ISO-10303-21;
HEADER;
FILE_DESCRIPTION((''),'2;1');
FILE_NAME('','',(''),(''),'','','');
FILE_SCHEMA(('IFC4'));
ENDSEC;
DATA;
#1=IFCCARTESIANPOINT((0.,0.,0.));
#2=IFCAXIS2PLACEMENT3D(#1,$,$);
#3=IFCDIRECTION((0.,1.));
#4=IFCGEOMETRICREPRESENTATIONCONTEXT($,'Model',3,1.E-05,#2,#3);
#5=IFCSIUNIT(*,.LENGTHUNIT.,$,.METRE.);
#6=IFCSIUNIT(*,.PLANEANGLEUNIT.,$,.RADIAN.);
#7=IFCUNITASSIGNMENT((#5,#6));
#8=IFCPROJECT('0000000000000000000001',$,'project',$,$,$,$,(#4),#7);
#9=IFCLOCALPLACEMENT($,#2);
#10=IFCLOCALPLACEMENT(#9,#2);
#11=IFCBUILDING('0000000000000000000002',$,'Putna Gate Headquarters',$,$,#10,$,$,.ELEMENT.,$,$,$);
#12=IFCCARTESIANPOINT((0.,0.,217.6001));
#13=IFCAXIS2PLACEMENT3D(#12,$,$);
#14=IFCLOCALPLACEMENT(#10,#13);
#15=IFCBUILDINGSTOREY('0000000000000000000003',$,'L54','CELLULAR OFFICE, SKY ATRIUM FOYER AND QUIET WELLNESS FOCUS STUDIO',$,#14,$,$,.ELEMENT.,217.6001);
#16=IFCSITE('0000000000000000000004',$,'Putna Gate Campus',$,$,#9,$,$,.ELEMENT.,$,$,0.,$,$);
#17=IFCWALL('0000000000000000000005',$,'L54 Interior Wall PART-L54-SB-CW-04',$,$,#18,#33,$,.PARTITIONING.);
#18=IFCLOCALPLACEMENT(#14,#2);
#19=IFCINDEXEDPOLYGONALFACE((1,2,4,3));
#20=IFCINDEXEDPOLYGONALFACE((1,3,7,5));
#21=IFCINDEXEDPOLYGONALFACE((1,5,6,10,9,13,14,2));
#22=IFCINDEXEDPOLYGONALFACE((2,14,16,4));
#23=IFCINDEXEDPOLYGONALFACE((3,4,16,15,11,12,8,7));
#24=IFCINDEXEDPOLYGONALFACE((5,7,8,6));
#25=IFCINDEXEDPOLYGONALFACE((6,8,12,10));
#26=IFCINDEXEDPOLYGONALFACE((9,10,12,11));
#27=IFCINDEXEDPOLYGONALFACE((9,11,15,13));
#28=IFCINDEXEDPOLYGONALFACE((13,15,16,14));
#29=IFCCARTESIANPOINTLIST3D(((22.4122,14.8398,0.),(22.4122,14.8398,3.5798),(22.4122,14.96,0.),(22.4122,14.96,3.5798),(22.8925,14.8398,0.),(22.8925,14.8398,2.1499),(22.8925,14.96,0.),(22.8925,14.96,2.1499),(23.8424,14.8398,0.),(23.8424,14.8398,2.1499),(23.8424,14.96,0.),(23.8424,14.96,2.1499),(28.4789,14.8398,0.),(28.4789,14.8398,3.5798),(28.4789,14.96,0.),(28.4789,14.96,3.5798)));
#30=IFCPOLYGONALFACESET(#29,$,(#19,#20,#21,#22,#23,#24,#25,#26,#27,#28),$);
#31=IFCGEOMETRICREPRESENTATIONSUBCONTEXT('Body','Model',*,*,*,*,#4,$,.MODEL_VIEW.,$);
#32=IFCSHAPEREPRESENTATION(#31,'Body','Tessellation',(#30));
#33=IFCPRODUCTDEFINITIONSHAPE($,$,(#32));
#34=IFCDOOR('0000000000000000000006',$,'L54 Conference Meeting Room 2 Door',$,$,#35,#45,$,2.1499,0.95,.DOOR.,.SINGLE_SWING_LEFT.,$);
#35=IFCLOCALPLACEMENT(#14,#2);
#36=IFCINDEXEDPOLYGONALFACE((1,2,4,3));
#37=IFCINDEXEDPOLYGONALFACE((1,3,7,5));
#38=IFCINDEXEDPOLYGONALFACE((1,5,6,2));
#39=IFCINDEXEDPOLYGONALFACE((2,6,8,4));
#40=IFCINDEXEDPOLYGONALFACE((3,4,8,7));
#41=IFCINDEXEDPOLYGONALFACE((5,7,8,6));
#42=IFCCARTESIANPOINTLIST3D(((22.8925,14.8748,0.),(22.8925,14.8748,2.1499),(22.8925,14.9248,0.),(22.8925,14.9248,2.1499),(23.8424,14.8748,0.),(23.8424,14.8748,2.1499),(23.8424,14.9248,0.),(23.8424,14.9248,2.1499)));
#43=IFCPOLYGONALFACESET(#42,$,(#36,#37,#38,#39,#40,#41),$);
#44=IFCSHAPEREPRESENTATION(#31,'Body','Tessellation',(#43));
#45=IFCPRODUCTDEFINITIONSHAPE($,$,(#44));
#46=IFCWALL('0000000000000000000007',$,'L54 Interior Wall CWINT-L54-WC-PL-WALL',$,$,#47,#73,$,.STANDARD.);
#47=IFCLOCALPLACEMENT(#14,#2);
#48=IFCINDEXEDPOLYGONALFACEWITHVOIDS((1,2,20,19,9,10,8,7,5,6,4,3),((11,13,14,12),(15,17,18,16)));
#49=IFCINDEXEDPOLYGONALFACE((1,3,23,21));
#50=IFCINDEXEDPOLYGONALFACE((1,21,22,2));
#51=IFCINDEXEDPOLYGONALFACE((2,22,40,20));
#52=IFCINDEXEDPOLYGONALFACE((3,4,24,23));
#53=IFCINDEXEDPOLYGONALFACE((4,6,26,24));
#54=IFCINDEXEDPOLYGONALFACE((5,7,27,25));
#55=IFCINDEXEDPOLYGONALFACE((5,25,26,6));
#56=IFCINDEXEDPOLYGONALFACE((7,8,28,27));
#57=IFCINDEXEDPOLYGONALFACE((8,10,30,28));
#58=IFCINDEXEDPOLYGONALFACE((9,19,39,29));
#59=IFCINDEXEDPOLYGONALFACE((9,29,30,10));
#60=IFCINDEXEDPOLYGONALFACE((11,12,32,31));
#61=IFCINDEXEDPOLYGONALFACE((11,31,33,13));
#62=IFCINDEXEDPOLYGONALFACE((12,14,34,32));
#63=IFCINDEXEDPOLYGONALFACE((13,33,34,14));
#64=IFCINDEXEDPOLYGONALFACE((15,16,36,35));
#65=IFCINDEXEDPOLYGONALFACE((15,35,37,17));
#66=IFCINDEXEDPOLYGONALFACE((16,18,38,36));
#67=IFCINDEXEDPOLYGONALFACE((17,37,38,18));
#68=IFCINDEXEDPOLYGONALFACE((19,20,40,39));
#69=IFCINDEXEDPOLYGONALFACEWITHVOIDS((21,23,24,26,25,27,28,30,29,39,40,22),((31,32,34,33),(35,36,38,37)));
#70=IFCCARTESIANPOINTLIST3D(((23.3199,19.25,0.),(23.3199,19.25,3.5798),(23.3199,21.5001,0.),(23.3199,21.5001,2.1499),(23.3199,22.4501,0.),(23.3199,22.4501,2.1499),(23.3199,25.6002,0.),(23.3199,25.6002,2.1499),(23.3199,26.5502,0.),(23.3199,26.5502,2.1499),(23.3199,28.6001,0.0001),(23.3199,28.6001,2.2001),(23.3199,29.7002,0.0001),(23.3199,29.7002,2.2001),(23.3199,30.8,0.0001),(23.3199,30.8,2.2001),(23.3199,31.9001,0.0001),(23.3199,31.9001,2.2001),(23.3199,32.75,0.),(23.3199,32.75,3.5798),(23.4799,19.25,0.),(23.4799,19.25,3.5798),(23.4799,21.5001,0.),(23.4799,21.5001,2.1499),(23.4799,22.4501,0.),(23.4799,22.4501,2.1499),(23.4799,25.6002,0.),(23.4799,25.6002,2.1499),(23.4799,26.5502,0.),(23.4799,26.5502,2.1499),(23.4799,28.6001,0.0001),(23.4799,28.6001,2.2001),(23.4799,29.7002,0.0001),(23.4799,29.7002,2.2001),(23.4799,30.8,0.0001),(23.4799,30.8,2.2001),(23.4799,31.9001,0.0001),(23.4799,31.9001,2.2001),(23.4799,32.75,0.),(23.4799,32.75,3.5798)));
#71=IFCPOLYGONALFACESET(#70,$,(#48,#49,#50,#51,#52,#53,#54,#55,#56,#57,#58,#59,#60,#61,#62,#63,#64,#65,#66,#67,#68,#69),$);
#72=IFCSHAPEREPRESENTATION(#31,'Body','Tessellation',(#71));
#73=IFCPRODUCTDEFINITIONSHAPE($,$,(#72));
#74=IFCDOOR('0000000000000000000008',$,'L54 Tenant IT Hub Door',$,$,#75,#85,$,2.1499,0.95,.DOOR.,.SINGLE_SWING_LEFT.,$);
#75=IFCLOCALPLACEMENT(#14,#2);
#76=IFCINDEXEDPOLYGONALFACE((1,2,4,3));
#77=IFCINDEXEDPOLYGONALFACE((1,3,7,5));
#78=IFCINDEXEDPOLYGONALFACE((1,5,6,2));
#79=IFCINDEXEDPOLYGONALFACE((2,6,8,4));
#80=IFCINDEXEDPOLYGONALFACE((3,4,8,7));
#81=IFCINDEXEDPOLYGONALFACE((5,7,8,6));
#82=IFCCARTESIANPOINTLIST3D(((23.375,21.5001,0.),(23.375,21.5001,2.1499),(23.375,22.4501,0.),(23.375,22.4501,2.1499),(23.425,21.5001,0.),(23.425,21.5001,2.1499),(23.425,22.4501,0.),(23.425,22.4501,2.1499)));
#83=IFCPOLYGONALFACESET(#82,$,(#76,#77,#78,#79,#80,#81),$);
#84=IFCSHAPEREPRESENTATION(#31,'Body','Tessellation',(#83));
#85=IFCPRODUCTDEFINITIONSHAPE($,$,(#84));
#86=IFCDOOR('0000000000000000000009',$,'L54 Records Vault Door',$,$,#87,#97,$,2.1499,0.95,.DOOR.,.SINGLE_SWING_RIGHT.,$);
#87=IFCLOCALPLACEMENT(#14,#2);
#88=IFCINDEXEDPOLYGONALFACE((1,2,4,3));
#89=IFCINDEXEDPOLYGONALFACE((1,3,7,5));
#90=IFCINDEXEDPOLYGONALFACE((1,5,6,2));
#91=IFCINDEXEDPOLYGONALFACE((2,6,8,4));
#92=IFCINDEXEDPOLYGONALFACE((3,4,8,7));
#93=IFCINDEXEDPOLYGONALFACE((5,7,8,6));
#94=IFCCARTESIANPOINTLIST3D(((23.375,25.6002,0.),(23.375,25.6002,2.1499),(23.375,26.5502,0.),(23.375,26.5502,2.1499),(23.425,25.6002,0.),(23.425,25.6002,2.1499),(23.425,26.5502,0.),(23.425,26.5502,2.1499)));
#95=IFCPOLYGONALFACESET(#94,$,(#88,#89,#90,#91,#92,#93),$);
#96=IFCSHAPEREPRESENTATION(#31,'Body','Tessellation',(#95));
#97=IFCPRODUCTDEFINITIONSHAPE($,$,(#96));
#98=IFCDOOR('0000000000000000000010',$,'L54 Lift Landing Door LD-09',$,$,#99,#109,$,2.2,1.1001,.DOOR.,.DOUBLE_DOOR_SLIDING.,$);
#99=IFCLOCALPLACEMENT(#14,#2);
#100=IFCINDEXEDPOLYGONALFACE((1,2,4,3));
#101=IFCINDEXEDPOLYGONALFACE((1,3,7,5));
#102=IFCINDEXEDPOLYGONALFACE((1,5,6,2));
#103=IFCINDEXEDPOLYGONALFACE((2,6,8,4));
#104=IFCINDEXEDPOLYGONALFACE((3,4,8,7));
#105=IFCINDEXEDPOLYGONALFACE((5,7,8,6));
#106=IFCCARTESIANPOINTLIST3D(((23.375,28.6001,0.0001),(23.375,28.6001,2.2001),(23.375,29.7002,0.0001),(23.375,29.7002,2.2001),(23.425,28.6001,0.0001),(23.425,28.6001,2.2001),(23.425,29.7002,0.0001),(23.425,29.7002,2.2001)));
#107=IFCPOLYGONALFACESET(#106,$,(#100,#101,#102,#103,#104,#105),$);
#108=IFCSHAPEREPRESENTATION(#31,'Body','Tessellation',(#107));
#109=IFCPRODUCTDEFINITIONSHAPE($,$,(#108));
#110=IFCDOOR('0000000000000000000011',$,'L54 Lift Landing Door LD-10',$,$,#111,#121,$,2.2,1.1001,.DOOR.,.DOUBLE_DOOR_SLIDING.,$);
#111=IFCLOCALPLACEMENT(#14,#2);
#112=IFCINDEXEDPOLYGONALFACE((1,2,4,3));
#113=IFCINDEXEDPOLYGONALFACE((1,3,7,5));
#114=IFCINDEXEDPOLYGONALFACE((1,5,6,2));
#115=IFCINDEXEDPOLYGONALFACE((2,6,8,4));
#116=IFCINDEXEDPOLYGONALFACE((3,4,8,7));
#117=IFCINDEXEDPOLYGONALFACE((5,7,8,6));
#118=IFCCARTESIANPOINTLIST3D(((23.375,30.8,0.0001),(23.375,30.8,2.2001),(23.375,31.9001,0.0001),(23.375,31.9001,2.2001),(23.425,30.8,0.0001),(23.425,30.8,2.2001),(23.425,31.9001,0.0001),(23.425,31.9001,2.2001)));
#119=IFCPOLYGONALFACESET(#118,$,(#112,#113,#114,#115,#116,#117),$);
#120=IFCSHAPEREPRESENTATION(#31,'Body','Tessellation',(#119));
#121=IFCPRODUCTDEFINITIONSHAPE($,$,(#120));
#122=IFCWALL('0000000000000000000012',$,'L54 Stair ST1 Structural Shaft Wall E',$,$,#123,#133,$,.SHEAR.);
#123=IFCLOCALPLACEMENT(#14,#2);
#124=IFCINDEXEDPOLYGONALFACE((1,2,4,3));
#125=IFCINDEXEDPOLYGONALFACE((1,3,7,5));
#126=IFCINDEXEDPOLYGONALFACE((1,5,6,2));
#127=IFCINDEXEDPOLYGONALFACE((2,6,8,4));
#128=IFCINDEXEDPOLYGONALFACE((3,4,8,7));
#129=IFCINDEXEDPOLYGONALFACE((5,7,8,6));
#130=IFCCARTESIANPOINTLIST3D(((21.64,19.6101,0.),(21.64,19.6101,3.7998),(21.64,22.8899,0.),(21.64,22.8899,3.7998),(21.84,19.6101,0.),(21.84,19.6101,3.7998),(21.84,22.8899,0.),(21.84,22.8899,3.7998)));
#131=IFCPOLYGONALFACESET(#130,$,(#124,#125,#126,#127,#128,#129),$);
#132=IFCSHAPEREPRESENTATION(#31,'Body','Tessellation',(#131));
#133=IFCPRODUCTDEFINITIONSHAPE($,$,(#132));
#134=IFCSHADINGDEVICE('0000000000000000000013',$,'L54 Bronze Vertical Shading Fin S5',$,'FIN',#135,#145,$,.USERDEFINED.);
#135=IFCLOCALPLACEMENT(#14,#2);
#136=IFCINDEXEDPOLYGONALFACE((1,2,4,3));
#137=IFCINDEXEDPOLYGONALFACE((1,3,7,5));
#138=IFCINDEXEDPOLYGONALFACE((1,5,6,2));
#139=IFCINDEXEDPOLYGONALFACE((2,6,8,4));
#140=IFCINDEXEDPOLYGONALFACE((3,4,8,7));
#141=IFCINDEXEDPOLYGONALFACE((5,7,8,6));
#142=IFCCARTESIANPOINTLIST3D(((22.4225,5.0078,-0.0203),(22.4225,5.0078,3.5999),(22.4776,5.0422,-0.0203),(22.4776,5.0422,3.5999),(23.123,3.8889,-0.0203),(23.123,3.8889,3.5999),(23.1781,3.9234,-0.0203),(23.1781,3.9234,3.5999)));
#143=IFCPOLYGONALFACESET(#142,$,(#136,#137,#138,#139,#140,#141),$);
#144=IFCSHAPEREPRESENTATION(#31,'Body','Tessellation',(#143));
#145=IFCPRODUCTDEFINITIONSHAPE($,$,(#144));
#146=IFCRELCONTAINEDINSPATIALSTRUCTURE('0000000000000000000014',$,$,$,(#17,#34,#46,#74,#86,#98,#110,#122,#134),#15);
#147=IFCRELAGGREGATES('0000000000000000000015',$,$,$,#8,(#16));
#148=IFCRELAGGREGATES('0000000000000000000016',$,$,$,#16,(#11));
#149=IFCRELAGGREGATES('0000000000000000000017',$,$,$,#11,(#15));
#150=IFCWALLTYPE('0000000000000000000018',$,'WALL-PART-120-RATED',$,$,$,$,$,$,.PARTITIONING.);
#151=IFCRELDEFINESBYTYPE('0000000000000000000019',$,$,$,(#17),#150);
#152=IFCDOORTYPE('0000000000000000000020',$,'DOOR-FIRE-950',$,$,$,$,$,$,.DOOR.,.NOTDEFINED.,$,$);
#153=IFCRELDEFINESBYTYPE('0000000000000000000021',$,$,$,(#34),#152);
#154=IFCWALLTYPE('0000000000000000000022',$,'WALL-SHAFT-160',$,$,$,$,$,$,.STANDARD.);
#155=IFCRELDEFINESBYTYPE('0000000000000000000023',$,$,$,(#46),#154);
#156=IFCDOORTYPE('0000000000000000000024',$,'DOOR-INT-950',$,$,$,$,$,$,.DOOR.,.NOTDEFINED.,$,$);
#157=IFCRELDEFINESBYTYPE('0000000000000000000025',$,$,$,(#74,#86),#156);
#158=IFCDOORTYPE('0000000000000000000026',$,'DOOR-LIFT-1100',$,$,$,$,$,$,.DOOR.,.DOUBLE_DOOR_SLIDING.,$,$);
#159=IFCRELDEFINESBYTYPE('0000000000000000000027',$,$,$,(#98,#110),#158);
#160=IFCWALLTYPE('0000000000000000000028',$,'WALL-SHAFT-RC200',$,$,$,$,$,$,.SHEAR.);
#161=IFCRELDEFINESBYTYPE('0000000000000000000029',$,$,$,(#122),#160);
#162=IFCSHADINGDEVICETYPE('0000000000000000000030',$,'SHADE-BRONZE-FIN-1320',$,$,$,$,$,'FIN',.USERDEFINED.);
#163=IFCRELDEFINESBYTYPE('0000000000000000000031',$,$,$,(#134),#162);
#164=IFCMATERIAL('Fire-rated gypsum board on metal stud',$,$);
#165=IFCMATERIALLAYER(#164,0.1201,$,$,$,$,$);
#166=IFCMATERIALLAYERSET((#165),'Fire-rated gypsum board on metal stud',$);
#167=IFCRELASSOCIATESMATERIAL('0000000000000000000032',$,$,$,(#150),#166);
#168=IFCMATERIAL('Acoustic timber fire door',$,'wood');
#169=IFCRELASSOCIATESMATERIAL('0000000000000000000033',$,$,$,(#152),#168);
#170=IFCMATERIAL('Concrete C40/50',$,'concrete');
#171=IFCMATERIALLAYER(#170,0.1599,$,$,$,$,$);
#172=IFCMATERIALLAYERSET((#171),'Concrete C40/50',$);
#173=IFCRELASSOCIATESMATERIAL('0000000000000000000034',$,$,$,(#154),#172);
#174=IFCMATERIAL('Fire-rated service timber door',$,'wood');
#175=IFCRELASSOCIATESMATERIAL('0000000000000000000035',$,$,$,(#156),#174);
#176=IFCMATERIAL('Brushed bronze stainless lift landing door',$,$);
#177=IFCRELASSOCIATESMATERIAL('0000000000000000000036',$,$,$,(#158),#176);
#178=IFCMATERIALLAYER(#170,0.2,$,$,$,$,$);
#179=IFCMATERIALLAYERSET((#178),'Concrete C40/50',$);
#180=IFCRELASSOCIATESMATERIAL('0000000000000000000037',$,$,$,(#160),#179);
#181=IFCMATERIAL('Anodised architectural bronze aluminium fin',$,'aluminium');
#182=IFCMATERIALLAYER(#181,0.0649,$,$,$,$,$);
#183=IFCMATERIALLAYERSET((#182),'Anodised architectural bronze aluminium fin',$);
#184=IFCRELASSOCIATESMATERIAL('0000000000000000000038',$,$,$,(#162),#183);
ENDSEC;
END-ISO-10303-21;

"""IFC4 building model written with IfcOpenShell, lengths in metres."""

from ifc_helpers import new_model, si_unit, direction, frame, frame_2d, origin, origin_2d, place, context, subcontext, project, spatial, rectangle, extrude, material, layer, layer_set, type_object, element, fill, save


model = new_model("IFC4")

# Units and contexts
model_context = context("Model", 3, precision=1e-05, world=origin(), true_north=direction((0.0, 1.0)))
body_context = subcontext(model_context, "Body", "Model", "MODEL_VIEW")
ifc_project = project(units=[si_unit("LENGTHUNIT", "METRE"), si_unit("PLANEANGLEUNIT", "RADIAN")], contexts=[model_context])

# Site, building, storey
site_placement = place(None, origin())
site = spatial("IfcSite", under=ifc_project, at=site_placement, Name="Putna Gate Campus", CompositionType="ELEMENT", RefElevation=0.0)
building_placement = place(site_placement, origin())
building = spatial("IfcBuilding", under=site, at=building_placement, Name="Putna Gate Headquarters", CompositionType="ELEMENT")
storey_placement = place(building_placement, frame((0.0, 0.0, 217.6001)))
storey = spatial("IfcBuildingStorey", under=building, at=storey_placement, Name="L54", Description="CELLULAR OFFICE, SKY ATRIUM FOYER AND QUIET WELLNESS FOCUS STUDIO", CompositionType="ELEMENT", Elevation=217.6001)

# Wall, opening, door
ifc_material_1 = material(Name="Fire-rated gypsum board on metal stud")
ifc_layer_1 = layer(ifc_material_1, 0.1201)
ifc_layer_set_1 = layer_set([ifc_layer_1], Name="Fire-rated gypsum board on metal stud")
wall_type_1 = type_object("IfcWallType", Name="WALL-PART-120-RATED", PredefinedType="PARTITIONING", material=ifc_layer_set_1)
ifc_material_2 = material(Name="Acoustic timber fire door", Category="wood")
door_type_1 = type_object("IfcDoorType", Name="DOOR-FIRE-950", OperationType="NOTDEFINED", PredefinedType="DOOR", material=ifc_material_2)
wall_1_placement = place(storey_placement, frame((22.4124, 14.8999, 0.0), z_axis=(0.0, 0.0, 1.0), x_axis=(1.0, 0.0, 0.0)))
wall_1 = element("IfcWall", 1, at=wall_1_placement, inside=storey, type_object=wall_type_1, Name="L54 Interior Wall PART-L54-SB-CW-04", PredefinedType="PARTITIONING", context=body_context, shape_type="SweptSolid", body=[
    extrude(rectangle(XDim=6.0667, YDim=0.1201, at=frame_2d((3.0332, 0.0))), origin(), (0.0, 0.0, 1.0), 3.5798),
])
opening_1_placement = place(wall_1_placement, frame((0.48, 0.0, 0.0)))
opening_1 = element("IfcOpeningElement", 2, at=opening_1_placement, cuts=wall_1, PredefinedType="OPENING", context=body_context, shape_type="SweptSolid", body=[
    extrude(rectangle(XDim=0.95, YDim=2.1499, at=frame_2d((0.4751, 1.075))), frame((0.0, 0.0701, 0.0), z_axis=(0.0, -1.0, 0.0), x_axis=(1.0, 0.0, 0.0)), (0.0, 0.0, 1.0), 0.1401),
])
door_1_placement = place(opening_1_placement, origin())
door_1 = element("IfcDoor", 3, at=door_1_placement, inside=storey, type_object=door_type_1, Name="L54 Conference Meeting Room 2 Door", OperationType="SINGLE_SWING_LEFT", OverallHeight=2.1499, OverallWidth=0.95, PredefinedType="DOOR", context=body_context, shape_type="SweptSolid", body=[
    extrude(rectangle(XDim=0.95, YDim=2.1499, at=frame_2d((0.4751, 1.075))), frame((0.0, 0.0249, 0.0), z_axis=(0.0, -1.0, 0.0), x_axis=(1.0, 0.0, 0.0)), (0.0, 0.0, 1.0), 0.05),
])
fill(opening_1, door_1)

# Wall, openings, doors
ifc_material_3 = material(Name="Concrete C40/50", Category="concrete")
ifc_layer_2 = layer(ifc_material_3, 0.1599)
ifc_layer_set_2 = layer_set([ifc_layer_2], Name="Concrete C40/50")
wall_type_2 = type_object("IfcWallType", Name="WALL-SHAFT-160", PredefinedType="STANDARD", material=ifc_layer_set_2)
wall_2_placement = place(storey_placement, frame((23.3999, 19.25, 0.0), z_axis=(0.0, 0.0, 1.0), x_axis=(0.0, 1.0, 0.0)))
wall_2 = element("IfcWall", 4, at=wall_2_placement, inside=storey, type_object=wall_type_2, Name="L54 Interior Wall CWINT-L54-WC-PL-WALL", PredefinedType="STANDARD", context=body_context, shape_type="SweptSolid", body=[
    extrude(rectangle(XDim=13.5, YDim=0.1599, at=frame_2d((6.75, 0.0))), origin(), (0.0, 0.0, 1.0), 3.5798),
])
opening_2_placement = place(wall_2_placement, frame((2.25, 0.0, 0.0)))
opening_2 = element("IfcOpeningElement", 5, at=opening_2_placement, cuts=wall_2, PredefinedType="OPENING", context=body_context, shape_type="SweptSolid", body=[
    extrude(rectangle(XDim=0.95, YDim=2.1499, at=frame_2d((0.4751, 1.075))), frame((0.0, 0.0898, 0.0), z_axis=(0.0, -1.0, 0.0), x_axis=(1.0, 0.0, 0.0)), (0.0, 0.0, 1.0), 0.1799),
])
opening_3_placement = place(wall_2_placement, frame((6.3501, 0.0, 0.0)))
opening_3 = element("IfcOpeningElement", 6, at=opening_3_placement, cuts=wall_2, PredefinedType="OPENING", context=body_context, shape_type="SweptSolid", body=[
    extrude(rectangle(XDim=0.95, YDim=2.1499, at=frame_2d((0.4751, 1.075))), frame((0.0, 0.0898, 0.0), z_axis=(0.0, -1.0, 0.0), x_axis=(1.0, 0.0, 0.0)), (0.0, 0.0, 1.0), 0.1799),
])
opening_4_placement = place(wall_2_placement, frame((9.3501, 0.0, 0.0)))
opening_4 = element("IfcOpeningElement", 7, at=opening_4_placement, cuts=wall_2, PredefinedType="OPENING", context=body_context, shape_type="SweptSolid", body=[
    extrude(rectangle(XDim=1.1001, YDim=2.2, at=frame_2d((0.55, 1.1001))), frame((0.0, 0.0898, 0.0), z_axis=(0.0, -1.0, 0.0), x_axis=(1.0, 0.0, 0.0)), (0.0, 0.0, 1.0), 0.1799),
])
opening_5_placement = place(wall_2_placement, frame((11.55, 0.0, 0.0)))
opening_5 = element("IfcOpeningElement", 8, at=opening_5_placement, cuts=wall_2, PredefinedType="OPENING", context=body_context, shape_type="SweptSolid", body=[
    extrude(rectangle(XDim=1.1001, YDim=2.2, at=frame_2d((0.55, 1.1001))), frame((0.0, 0.0898, 0.0), z_axis=(0.0, -1.0, 0.0), x_axis=(1.0, 0.0, 0.0)), (0.0, 0.0, 1.0), 0.1799),
])
ifc_material_4 = material(Name="Fire-rated service timber door", Category="wood")
door_type_2 = type_object("IfcDoorType", Name="DOOR-INT-950", OperationType="NOTDEFINED", PredefinedType="DOOR", material=ifc_material_4)
door_2_placement = place(opening_2_placement, origin())
door_2 = element("IfcDoor", 9, at=door_2_placement, inside=storey, type_object=door_type_2, Name="L54 Tenant IT Hub Door", OperationType="SINGLE_SWING_LEFT", OverallHeight=2.1499, OverallWidth=0.95, PredefinedType="DOOR", context=body_context, shape_type="SweptSolid", body=[
    extrude(rectangle(XDim=0.95, YDim=2.1499, at=frame_2d((0.4751, 1.075))), frame((0.0, 0.0249, 0.0), z_axis=(0.0, -1.0, 0.0), x_axis=(1.0, 0.0, 0.0)), (0.0, 0.0, 1.0), 0.05),
])
fill(opening_2, door_2)
door_3_placement = place(opening_3_placement, origin())
door_3 = element("IfcDoor", 10, at=door_3_placement, inside=storey, type_object=door_type_2, Name="L54 Records Vault Door", OperationType="SINGLE_SWING_RIGHT", OverallHeight=2.1499, OverallWidth=0.95, PredefinedType="DOOR", context=body_context, shape_type="SweptSolid", body=[
    extrude(rectangle(XDim=0.95, YDim=2.1499, at=frame_2d((0.4751, 1.075))), frame((0.0, 0.0249, 0.0), z_axis=(0.0, -1.0, 0.0), x_axis=(1.0, 0.0, 0.0)), (0.0, 0.0, 1.0), 0.05),
])
fill(opening_3, door_3)
ifc_material_5 = material(Name="Brushed bronze stainless lift landing door")
door_type_3 = type_object("IfcDoorType", Name="DOOR-LIFT-1100", OperationType="DOUBLE_DOOR_SLIDING", PredefinedType="DOOR", material=ifc_material_5)
door_4_placement = place(opening_4_placement, origin())
door_4 = element("IfcDoor", 11, at=door_4_placement, inside=storey, type_object=door_type_3, Name="L54 Lift Landing Door LD-09", OperationType="DOUBLE_DOOR_SLIDING", OverallHeight=2.2, OverallWidth=1.1001, PredefinedType="DOOR", context=body_context, shape_type="SweptSolid", body=[
    extrude(rectangle(XDim=1.1001, YDim=2.2, at=frame_2d((0.55, 1.1001))), frame((0.0, 0.0249, 0.0), z_axis=(0.0, -1.0, 0.0), x_axis=(1.0, 0.0, 0.0)), (0.0, 0.0, 1.0), 0.05),
])
fill(opening_4, door_4)
door_5_placement = place(opening_5_placement, origin())
door_5 = element("IfcDoor", 12, at=door_5_placement, inside=storey, type_object=door_type_3, Name="L54 Lift Landing Door LD-10", OperationType="DOUBLE_DOOR_SLIDING", OverallHeight=2.2, OverallWidth=1.1001, PredefinedType="DOOR", context=body_context, shape_type="SweptSolid", body=[
    extrude(rectangle(XDim=1.1001, YDim=2.2, at=frame_2d((0.55, 1.1001))), frame((0.0, 0.0249, 0.0), z_axis=(0.0, -1.0, 0.0), x_axis=(1.0, 0.0, 0.0)), (0.0, 0.0, 1.0), 0.05),
])
fill(opening_5, door_5)

# Wall
ifc_layer_3 = layer(ifc_material_3, 0.2)
ifc_layer_set_3 = layer_set([ifc_layer_3], Name="Concrete C40/50")
wall_type_3 = type_object("IfcWallType", Name="WALL-SHAFT-RC200", PredefinedType="SHEAR", material=ifc_layer_set_3)
wall_3_placement = place(storey_placement, frame((21.74, 19.6101, 0.0), z_axis=(0.0, 0.0, 1.0), x_axis=(0.0, 1.0, 0.0)))
element("IfcWall", 13, at=wall_3_placement, inside=storey, type_object=wall_type_3, Name="L54 Stair ST1 Structural Shaft Wall E", PredefinedType="SHEAR", context=body_context, shape_type="SweptSolid", body=[
    extrude(rectangle(XDim=3.2798, YDim=0.2, at=frame_2d((1.6399, 0.0))), origin(), (0.0, 0.0, 1.0), 3.7998),
])

# Shading device
ifc_material_6 = material(Name="Anodised architectural bronze aluminium fin", Category="aluminium")
ifc_layer_4 = layer(ifc_material_6, 0.0649)
ifc_layer_set_4 = layer_set([ifc_layer_4], Name="Anodised architectural bronze aluminium fin")
shading_device_type = type_object("IfcShadingDeviceType", Name="SHADE-BRONZE-FIN-1320", ElementType="FIN", PredefinedType="USERDEFINED", material=ifc_layer_set_4)
shading_device_placement = place(storey_placement, frame((22.8003, 4.4656, -0.0203), z_axis=(0.0, 0.0, 1.0), x_axis=(0.530659, -0.847585, 0.0)))
element("IfcShadingDevice", 14, at=shading_device_placement, inside=storey, type_object=shading_device_type, Name="L54 Bronze Vertical Shading Fin S5", ObjectType="FIN", PredefinedType="USERDEFINED", context=body_context, shape_type="SweptSolid", body=[
    extrude(rectangle(XDim=1.3201, YDim=0.0649, at=origin_2d()), origin(), (0.0, 0.0, 1.0), 3.6201),
])

save(model, "model.ifc")
